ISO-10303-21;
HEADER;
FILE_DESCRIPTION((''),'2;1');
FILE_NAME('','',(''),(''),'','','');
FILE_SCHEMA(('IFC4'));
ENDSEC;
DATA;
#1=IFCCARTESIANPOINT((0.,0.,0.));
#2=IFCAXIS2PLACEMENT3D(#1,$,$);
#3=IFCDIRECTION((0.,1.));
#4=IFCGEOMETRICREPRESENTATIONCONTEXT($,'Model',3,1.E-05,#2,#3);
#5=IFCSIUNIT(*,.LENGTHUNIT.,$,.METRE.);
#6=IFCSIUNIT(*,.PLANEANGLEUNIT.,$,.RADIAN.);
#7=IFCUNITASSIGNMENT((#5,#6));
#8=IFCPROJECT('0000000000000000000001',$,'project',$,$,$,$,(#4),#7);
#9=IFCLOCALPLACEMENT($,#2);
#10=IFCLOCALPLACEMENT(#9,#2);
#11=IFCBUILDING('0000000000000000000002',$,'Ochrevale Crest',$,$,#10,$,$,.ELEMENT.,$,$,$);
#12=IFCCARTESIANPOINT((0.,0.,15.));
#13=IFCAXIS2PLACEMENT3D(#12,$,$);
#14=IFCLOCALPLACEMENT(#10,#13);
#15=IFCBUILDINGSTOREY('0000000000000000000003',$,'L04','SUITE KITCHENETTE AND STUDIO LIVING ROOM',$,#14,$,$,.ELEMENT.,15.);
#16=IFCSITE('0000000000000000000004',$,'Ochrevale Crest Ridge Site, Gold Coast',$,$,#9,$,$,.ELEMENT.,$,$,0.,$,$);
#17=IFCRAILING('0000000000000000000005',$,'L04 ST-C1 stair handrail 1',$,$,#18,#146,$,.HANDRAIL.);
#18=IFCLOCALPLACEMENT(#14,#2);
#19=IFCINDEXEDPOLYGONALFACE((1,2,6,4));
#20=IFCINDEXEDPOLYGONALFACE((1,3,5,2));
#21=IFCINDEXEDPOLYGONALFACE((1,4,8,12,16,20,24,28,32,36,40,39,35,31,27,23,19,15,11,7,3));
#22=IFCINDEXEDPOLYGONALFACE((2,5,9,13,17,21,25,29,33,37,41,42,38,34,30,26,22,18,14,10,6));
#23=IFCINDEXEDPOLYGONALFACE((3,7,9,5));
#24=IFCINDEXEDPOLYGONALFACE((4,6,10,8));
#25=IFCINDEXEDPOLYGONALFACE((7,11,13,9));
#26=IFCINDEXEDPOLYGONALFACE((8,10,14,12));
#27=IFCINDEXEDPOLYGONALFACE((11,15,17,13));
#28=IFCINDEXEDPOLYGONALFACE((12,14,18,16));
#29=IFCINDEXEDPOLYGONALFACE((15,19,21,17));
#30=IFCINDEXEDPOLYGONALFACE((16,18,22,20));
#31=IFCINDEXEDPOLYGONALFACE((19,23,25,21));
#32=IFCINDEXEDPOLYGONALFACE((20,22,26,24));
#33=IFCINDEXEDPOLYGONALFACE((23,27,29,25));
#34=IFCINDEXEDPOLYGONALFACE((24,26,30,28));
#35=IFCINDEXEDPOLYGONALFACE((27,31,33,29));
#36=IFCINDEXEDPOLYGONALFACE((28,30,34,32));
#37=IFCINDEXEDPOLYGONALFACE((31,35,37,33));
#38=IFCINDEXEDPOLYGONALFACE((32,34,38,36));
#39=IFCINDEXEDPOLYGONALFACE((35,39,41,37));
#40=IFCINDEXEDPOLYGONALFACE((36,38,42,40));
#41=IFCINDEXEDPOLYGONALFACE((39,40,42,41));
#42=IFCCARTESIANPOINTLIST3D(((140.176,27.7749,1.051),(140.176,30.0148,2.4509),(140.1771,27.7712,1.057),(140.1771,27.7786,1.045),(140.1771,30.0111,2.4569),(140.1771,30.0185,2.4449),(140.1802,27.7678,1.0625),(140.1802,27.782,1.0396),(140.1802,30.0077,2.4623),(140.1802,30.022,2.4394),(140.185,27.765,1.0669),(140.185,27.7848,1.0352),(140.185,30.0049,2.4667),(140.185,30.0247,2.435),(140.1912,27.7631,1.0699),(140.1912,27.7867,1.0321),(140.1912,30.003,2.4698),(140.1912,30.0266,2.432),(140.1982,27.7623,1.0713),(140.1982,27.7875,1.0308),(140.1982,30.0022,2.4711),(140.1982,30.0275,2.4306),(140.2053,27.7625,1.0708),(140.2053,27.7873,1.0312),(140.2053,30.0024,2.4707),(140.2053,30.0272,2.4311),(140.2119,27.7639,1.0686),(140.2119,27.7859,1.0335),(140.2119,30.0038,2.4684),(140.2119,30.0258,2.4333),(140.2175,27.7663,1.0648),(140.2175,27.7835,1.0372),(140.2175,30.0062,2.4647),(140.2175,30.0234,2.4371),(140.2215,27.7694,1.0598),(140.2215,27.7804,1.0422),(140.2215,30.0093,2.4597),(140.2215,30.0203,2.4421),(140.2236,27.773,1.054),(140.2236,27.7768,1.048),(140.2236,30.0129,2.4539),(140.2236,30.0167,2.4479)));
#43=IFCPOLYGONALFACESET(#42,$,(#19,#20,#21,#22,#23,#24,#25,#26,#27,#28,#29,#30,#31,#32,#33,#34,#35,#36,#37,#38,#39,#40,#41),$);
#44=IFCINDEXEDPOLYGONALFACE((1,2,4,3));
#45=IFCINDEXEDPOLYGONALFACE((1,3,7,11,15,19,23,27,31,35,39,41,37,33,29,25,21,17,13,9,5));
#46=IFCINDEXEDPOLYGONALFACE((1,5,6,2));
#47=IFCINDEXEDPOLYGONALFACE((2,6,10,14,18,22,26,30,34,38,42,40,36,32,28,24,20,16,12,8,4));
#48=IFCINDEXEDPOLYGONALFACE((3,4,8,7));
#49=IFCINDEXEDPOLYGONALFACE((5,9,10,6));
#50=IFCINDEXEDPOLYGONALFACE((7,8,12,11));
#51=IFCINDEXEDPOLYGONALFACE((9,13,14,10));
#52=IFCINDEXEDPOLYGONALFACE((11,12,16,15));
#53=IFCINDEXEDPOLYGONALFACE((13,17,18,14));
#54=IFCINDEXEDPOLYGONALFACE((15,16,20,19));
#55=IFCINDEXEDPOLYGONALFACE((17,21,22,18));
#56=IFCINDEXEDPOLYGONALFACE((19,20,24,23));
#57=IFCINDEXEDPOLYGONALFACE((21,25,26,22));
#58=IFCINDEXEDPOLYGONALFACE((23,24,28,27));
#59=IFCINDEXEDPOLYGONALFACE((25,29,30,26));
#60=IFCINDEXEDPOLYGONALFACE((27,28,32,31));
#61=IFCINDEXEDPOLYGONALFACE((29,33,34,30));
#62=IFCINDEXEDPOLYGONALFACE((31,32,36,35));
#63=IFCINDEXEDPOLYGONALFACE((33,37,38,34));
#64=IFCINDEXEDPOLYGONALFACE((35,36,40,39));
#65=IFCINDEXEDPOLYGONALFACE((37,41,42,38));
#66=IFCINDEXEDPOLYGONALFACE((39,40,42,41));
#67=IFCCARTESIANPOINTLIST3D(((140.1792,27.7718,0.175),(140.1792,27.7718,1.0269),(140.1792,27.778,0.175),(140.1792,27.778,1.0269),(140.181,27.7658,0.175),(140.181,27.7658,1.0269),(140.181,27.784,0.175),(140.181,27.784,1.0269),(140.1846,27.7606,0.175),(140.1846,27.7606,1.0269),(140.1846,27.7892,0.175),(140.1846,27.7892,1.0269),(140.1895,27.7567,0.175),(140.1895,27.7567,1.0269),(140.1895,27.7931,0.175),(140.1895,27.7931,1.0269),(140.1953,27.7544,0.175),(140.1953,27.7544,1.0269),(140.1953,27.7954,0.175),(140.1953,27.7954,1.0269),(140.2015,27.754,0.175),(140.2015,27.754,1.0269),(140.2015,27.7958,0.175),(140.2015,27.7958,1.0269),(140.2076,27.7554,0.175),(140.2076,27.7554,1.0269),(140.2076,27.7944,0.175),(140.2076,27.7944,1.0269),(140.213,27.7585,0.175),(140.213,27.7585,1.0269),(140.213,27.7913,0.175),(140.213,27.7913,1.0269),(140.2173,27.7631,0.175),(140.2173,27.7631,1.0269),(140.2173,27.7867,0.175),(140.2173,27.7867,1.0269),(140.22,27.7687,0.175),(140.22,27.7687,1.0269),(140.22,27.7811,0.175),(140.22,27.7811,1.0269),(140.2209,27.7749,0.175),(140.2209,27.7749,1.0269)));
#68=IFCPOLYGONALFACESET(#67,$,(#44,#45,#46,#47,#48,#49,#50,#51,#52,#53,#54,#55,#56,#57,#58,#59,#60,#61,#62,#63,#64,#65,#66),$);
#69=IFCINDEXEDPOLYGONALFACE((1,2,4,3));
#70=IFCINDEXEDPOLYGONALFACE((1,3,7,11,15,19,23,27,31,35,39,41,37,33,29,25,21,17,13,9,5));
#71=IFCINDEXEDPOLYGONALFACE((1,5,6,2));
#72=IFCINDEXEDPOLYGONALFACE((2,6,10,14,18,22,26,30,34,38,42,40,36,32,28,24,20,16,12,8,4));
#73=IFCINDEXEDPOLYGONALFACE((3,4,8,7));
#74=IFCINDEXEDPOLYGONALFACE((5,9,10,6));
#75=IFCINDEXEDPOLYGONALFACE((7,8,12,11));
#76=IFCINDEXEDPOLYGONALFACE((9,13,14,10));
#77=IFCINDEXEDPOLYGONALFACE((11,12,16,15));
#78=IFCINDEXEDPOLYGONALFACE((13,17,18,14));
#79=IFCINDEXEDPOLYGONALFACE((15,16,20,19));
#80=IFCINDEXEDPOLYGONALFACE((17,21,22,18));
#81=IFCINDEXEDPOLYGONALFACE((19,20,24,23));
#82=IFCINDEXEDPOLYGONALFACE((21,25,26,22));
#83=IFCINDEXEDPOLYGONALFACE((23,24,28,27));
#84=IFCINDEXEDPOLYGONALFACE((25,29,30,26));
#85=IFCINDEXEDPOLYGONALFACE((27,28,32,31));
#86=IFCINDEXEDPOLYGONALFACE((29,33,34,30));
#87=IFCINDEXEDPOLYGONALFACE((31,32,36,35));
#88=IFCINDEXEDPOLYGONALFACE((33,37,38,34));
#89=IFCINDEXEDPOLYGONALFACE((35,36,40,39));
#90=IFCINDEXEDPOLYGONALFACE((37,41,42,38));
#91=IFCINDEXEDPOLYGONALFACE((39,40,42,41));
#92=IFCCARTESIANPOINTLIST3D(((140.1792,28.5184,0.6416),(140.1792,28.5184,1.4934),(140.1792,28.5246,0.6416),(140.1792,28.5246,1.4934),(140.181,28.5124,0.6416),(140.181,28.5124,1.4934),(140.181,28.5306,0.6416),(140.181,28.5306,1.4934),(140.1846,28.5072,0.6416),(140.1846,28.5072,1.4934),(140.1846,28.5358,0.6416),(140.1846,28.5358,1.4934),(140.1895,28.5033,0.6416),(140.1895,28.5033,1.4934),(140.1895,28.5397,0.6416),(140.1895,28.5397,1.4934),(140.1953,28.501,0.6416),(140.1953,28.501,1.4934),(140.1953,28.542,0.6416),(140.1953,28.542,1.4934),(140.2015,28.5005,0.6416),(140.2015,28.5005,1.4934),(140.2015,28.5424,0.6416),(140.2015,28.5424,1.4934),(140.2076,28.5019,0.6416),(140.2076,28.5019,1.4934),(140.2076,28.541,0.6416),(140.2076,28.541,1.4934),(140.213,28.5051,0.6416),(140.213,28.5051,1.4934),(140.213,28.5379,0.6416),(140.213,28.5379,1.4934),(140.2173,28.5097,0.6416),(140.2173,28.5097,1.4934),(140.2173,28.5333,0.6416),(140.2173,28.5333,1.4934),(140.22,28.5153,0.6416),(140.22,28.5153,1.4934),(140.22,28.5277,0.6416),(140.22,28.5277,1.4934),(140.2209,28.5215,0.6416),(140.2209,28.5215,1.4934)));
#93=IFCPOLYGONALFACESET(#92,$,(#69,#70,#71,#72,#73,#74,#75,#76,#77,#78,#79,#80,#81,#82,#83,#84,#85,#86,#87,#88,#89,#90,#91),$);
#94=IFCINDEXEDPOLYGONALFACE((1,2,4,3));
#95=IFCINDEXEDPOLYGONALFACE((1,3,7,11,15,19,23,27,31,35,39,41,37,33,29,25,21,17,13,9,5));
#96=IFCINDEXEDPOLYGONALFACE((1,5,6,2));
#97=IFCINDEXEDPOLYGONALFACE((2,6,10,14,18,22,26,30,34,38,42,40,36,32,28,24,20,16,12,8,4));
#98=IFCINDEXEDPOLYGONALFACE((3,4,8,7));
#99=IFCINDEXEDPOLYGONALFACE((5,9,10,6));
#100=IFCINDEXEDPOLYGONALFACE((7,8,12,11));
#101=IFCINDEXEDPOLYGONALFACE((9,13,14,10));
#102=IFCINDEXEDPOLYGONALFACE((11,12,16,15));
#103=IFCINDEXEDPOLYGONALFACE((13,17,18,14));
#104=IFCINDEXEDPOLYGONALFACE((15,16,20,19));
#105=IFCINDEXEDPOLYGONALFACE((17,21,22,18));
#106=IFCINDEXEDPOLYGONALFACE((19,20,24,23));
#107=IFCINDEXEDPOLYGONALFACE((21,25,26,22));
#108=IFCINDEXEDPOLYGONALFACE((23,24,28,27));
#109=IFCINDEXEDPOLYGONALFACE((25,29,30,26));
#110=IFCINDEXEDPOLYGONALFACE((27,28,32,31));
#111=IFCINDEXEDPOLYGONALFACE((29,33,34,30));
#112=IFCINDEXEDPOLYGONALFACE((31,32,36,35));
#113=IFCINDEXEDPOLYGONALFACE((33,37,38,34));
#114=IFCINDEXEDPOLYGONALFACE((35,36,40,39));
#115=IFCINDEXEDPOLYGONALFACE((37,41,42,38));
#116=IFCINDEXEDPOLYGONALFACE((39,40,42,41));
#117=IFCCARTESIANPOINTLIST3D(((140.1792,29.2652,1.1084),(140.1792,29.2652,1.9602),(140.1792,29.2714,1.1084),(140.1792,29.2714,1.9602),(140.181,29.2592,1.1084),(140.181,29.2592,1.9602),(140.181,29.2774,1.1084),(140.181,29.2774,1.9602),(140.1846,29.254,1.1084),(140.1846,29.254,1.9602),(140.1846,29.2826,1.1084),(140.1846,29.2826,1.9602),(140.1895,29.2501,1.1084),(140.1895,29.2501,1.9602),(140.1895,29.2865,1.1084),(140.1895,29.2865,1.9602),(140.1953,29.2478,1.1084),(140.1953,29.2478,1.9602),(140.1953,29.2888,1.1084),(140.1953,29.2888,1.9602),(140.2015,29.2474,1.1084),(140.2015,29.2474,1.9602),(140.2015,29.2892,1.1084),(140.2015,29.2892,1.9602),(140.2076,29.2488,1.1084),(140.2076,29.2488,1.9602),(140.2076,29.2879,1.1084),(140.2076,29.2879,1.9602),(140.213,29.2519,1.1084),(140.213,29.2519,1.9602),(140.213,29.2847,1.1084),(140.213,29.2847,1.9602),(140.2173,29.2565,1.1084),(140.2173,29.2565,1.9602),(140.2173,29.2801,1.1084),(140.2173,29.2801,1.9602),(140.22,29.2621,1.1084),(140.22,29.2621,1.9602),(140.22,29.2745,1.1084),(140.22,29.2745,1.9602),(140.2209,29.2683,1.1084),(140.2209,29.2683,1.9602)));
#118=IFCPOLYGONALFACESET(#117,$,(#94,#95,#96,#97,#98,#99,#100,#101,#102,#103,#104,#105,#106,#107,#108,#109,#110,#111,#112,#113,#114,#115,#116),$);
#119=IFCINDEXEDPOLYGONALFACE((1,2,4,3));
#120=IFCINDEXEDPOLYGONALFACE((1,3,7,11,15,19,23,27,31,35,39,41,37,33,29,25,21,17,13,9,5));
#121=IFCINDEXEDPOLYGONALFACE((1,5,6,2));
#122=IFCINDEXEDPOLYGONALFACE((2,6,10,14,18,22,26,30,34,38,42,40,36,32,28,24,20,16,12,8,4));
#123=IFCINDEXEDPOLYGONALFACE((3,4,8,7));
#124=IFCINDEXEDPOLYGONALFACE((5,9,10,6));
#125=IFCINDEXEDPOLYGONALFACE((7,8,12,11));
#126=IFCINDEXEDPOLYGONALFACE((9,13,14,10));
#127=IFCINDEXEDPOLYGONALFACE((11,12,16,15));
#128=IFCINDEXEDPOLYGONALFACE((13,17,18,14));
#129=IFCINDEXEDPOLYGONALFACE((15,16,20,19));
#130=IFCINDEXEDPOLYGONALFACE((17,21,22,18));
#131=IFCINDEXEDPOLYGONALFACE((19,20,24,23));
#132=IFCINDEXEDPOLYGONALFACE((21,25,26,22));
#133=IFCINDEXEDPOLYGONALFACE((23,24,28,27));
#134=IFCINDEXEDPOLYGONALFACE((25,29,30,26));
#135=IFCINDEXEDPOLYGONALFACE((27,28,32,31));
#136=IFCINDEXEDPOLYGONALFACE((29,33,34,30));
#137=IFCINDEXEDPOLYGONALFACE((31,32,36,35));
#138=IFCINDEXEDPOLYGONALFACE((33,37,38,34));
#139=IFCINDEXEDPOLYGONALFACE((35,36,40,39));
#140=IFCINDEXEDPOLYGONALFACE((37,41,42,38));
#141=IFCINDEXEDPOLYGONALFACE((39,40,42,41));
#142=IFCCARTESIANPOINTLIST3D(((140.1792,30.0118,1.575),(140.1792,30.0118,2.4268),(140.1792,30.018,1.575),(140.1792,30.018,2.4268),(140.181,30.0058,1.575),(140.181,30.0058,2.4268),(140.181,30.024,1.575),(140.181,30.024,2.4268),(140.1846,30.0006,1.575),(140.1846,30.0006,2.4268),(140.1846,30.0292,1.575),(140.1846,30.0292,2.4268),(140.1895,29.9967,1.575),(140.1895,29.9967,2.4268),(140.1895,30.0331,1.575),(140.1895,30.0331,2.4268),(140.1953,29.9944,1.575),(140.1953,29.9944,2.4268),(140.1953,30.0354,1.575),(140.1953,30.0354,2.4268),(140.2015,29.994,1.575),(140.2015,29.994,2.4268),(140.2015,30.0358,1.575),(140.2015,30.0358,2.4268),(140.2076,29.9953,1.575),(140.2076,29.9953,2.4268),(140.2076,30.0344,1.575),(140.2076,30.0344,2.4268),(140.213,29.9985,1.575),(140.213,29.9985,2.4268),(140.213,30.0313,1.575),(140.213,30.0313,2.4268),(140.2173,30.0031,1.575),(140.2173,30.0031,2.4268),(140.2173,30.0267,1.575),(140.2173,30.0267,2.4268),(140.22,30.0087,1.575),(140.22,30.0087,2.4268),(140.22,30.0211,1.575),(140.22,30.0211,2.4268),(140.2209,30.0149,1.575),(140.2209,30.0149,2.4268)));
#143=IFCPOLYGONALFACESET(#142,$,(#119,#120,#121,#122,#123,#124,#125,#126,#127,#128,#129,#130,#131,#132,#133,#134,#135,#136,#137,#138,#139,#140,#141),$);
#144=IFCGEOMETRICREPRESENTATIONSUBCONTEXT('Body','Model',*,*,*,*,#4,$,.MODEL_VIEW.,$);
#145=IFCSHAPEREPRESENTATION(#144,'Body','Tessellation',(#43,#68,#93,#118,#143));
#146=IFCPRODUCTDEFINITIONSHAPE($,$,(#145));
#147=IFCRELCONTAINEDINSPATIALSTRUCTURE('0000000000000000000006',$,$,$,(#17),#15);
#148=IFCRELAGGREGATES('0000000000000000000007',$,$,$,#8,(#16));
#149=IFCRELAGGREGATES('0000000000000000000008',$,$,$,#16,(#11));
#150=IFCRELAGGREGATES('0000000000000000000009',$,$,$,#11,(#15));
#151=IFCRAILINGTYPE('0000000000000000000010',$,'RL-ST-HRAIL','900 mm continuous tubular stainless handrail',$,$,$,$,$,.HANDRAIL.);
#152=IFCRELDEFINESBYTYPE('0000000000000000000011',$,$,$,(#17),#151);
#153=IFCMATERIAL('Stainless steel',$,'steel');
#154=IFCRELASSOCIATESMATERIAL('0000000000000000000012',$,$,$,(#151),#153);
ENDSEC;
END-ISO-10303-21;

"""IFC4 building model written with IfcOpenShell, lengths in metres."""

from ifc_helpers import new_model, si_unit, direction, frame, origin, origin_2d, place, context, subcontext, project, spatial, circle, extrude, material, type_object, element, save


model = new_model("IFC4")

# Units and contexts
model_context = context("Model", 3, precision=1e-05, world=origin(), true_north=direction((0.0, 1.0)))
body_context = subcontext(model_context, "Body", "Model", "MODEL_VIEW")
ifc_project = project(units=[si_unit("LENGTHUNIT", "METRE"), si_unit("PLANEANGLEUNIT", "RADIAN")], contexts=[model_context])

# Site, building, storey
site_placement = place(None, origin())
site = spatial("IfcSite", under=ifc_project, at=site_placement, Name="Ochrevale Crest Ridge Site, Gold Coast", CompositionType="ELEMENT", RefElevation=0.0)
building_placement = place(site_placement, origin())
building = spatial("IfcBuilding", under=site, at=building_placement, Name="Ochrevale Crest", CompositionType="ELEMENT")
storey_placement = place(building_placement, frame((0.0, 0.0, 15.0)))
storey = spatial("IfcBuildingStorey", under=building, at=storey_placement, Name="L04", Description="SUITE KITCHENETTE AND STUDIO LIVING ROOM", CompositionType="ELEMENT", Elevation=15.0)

# Railing
ifc_material_1 = material(Name="Stainless steel", Category="steel")
railing_type_1 = type_object("IfcRailingType", Name="RL-ST-HRAIL", Description="900 mm continuous tubular stainless handrail", PredefinedType="HANDRAIL", material=ifc_material_1)
railing_1_placement = place(storey_placement, frame((140.2, 27.7749, 0.175)))
element("IfcRailing", 1, at=railing_1_placement, inside=storey, type_object=railing_type_1, Name="L04 ST-C1 stair handrail 1", PredefinedType="HANDRAIL", context=body_context, shape_type="SweptSolid", body=[
    extrude(circle(Radius=0.0239, at=origin_2d()), frame((0.0, 0.0, 0.876), z_axis=(0.0, 0.848014, 0.529974), x_axis=(-1.0, 0.0, 0.0)), (0.0, 0.0, 1.0), 2.6414),
    extrude(circle(Radius=0.021, at=origin_2d()), origin(), (0.0, 0.0, 1.0), 0.8518),
    extrude(circle(Radius=0.021, at=origin_2d()), frame((0.0, 0.7466, 0.4666)), (0.0, 0.0, 1.0), 0.8518),
    extrude(circle(Radius=0.021, at=origin_2d()), frame((0.0, 1.4934, 0.9333)), (0.0, 0.0, 1.0), 0.8518),
    extrude(circle(Radius=0.021, at=origin_2d()), frame((0.0, 2.24, 1.3999)), (0.0, 0.0, 1.0), 0.8518),
])

save(model, "model.ifc")
